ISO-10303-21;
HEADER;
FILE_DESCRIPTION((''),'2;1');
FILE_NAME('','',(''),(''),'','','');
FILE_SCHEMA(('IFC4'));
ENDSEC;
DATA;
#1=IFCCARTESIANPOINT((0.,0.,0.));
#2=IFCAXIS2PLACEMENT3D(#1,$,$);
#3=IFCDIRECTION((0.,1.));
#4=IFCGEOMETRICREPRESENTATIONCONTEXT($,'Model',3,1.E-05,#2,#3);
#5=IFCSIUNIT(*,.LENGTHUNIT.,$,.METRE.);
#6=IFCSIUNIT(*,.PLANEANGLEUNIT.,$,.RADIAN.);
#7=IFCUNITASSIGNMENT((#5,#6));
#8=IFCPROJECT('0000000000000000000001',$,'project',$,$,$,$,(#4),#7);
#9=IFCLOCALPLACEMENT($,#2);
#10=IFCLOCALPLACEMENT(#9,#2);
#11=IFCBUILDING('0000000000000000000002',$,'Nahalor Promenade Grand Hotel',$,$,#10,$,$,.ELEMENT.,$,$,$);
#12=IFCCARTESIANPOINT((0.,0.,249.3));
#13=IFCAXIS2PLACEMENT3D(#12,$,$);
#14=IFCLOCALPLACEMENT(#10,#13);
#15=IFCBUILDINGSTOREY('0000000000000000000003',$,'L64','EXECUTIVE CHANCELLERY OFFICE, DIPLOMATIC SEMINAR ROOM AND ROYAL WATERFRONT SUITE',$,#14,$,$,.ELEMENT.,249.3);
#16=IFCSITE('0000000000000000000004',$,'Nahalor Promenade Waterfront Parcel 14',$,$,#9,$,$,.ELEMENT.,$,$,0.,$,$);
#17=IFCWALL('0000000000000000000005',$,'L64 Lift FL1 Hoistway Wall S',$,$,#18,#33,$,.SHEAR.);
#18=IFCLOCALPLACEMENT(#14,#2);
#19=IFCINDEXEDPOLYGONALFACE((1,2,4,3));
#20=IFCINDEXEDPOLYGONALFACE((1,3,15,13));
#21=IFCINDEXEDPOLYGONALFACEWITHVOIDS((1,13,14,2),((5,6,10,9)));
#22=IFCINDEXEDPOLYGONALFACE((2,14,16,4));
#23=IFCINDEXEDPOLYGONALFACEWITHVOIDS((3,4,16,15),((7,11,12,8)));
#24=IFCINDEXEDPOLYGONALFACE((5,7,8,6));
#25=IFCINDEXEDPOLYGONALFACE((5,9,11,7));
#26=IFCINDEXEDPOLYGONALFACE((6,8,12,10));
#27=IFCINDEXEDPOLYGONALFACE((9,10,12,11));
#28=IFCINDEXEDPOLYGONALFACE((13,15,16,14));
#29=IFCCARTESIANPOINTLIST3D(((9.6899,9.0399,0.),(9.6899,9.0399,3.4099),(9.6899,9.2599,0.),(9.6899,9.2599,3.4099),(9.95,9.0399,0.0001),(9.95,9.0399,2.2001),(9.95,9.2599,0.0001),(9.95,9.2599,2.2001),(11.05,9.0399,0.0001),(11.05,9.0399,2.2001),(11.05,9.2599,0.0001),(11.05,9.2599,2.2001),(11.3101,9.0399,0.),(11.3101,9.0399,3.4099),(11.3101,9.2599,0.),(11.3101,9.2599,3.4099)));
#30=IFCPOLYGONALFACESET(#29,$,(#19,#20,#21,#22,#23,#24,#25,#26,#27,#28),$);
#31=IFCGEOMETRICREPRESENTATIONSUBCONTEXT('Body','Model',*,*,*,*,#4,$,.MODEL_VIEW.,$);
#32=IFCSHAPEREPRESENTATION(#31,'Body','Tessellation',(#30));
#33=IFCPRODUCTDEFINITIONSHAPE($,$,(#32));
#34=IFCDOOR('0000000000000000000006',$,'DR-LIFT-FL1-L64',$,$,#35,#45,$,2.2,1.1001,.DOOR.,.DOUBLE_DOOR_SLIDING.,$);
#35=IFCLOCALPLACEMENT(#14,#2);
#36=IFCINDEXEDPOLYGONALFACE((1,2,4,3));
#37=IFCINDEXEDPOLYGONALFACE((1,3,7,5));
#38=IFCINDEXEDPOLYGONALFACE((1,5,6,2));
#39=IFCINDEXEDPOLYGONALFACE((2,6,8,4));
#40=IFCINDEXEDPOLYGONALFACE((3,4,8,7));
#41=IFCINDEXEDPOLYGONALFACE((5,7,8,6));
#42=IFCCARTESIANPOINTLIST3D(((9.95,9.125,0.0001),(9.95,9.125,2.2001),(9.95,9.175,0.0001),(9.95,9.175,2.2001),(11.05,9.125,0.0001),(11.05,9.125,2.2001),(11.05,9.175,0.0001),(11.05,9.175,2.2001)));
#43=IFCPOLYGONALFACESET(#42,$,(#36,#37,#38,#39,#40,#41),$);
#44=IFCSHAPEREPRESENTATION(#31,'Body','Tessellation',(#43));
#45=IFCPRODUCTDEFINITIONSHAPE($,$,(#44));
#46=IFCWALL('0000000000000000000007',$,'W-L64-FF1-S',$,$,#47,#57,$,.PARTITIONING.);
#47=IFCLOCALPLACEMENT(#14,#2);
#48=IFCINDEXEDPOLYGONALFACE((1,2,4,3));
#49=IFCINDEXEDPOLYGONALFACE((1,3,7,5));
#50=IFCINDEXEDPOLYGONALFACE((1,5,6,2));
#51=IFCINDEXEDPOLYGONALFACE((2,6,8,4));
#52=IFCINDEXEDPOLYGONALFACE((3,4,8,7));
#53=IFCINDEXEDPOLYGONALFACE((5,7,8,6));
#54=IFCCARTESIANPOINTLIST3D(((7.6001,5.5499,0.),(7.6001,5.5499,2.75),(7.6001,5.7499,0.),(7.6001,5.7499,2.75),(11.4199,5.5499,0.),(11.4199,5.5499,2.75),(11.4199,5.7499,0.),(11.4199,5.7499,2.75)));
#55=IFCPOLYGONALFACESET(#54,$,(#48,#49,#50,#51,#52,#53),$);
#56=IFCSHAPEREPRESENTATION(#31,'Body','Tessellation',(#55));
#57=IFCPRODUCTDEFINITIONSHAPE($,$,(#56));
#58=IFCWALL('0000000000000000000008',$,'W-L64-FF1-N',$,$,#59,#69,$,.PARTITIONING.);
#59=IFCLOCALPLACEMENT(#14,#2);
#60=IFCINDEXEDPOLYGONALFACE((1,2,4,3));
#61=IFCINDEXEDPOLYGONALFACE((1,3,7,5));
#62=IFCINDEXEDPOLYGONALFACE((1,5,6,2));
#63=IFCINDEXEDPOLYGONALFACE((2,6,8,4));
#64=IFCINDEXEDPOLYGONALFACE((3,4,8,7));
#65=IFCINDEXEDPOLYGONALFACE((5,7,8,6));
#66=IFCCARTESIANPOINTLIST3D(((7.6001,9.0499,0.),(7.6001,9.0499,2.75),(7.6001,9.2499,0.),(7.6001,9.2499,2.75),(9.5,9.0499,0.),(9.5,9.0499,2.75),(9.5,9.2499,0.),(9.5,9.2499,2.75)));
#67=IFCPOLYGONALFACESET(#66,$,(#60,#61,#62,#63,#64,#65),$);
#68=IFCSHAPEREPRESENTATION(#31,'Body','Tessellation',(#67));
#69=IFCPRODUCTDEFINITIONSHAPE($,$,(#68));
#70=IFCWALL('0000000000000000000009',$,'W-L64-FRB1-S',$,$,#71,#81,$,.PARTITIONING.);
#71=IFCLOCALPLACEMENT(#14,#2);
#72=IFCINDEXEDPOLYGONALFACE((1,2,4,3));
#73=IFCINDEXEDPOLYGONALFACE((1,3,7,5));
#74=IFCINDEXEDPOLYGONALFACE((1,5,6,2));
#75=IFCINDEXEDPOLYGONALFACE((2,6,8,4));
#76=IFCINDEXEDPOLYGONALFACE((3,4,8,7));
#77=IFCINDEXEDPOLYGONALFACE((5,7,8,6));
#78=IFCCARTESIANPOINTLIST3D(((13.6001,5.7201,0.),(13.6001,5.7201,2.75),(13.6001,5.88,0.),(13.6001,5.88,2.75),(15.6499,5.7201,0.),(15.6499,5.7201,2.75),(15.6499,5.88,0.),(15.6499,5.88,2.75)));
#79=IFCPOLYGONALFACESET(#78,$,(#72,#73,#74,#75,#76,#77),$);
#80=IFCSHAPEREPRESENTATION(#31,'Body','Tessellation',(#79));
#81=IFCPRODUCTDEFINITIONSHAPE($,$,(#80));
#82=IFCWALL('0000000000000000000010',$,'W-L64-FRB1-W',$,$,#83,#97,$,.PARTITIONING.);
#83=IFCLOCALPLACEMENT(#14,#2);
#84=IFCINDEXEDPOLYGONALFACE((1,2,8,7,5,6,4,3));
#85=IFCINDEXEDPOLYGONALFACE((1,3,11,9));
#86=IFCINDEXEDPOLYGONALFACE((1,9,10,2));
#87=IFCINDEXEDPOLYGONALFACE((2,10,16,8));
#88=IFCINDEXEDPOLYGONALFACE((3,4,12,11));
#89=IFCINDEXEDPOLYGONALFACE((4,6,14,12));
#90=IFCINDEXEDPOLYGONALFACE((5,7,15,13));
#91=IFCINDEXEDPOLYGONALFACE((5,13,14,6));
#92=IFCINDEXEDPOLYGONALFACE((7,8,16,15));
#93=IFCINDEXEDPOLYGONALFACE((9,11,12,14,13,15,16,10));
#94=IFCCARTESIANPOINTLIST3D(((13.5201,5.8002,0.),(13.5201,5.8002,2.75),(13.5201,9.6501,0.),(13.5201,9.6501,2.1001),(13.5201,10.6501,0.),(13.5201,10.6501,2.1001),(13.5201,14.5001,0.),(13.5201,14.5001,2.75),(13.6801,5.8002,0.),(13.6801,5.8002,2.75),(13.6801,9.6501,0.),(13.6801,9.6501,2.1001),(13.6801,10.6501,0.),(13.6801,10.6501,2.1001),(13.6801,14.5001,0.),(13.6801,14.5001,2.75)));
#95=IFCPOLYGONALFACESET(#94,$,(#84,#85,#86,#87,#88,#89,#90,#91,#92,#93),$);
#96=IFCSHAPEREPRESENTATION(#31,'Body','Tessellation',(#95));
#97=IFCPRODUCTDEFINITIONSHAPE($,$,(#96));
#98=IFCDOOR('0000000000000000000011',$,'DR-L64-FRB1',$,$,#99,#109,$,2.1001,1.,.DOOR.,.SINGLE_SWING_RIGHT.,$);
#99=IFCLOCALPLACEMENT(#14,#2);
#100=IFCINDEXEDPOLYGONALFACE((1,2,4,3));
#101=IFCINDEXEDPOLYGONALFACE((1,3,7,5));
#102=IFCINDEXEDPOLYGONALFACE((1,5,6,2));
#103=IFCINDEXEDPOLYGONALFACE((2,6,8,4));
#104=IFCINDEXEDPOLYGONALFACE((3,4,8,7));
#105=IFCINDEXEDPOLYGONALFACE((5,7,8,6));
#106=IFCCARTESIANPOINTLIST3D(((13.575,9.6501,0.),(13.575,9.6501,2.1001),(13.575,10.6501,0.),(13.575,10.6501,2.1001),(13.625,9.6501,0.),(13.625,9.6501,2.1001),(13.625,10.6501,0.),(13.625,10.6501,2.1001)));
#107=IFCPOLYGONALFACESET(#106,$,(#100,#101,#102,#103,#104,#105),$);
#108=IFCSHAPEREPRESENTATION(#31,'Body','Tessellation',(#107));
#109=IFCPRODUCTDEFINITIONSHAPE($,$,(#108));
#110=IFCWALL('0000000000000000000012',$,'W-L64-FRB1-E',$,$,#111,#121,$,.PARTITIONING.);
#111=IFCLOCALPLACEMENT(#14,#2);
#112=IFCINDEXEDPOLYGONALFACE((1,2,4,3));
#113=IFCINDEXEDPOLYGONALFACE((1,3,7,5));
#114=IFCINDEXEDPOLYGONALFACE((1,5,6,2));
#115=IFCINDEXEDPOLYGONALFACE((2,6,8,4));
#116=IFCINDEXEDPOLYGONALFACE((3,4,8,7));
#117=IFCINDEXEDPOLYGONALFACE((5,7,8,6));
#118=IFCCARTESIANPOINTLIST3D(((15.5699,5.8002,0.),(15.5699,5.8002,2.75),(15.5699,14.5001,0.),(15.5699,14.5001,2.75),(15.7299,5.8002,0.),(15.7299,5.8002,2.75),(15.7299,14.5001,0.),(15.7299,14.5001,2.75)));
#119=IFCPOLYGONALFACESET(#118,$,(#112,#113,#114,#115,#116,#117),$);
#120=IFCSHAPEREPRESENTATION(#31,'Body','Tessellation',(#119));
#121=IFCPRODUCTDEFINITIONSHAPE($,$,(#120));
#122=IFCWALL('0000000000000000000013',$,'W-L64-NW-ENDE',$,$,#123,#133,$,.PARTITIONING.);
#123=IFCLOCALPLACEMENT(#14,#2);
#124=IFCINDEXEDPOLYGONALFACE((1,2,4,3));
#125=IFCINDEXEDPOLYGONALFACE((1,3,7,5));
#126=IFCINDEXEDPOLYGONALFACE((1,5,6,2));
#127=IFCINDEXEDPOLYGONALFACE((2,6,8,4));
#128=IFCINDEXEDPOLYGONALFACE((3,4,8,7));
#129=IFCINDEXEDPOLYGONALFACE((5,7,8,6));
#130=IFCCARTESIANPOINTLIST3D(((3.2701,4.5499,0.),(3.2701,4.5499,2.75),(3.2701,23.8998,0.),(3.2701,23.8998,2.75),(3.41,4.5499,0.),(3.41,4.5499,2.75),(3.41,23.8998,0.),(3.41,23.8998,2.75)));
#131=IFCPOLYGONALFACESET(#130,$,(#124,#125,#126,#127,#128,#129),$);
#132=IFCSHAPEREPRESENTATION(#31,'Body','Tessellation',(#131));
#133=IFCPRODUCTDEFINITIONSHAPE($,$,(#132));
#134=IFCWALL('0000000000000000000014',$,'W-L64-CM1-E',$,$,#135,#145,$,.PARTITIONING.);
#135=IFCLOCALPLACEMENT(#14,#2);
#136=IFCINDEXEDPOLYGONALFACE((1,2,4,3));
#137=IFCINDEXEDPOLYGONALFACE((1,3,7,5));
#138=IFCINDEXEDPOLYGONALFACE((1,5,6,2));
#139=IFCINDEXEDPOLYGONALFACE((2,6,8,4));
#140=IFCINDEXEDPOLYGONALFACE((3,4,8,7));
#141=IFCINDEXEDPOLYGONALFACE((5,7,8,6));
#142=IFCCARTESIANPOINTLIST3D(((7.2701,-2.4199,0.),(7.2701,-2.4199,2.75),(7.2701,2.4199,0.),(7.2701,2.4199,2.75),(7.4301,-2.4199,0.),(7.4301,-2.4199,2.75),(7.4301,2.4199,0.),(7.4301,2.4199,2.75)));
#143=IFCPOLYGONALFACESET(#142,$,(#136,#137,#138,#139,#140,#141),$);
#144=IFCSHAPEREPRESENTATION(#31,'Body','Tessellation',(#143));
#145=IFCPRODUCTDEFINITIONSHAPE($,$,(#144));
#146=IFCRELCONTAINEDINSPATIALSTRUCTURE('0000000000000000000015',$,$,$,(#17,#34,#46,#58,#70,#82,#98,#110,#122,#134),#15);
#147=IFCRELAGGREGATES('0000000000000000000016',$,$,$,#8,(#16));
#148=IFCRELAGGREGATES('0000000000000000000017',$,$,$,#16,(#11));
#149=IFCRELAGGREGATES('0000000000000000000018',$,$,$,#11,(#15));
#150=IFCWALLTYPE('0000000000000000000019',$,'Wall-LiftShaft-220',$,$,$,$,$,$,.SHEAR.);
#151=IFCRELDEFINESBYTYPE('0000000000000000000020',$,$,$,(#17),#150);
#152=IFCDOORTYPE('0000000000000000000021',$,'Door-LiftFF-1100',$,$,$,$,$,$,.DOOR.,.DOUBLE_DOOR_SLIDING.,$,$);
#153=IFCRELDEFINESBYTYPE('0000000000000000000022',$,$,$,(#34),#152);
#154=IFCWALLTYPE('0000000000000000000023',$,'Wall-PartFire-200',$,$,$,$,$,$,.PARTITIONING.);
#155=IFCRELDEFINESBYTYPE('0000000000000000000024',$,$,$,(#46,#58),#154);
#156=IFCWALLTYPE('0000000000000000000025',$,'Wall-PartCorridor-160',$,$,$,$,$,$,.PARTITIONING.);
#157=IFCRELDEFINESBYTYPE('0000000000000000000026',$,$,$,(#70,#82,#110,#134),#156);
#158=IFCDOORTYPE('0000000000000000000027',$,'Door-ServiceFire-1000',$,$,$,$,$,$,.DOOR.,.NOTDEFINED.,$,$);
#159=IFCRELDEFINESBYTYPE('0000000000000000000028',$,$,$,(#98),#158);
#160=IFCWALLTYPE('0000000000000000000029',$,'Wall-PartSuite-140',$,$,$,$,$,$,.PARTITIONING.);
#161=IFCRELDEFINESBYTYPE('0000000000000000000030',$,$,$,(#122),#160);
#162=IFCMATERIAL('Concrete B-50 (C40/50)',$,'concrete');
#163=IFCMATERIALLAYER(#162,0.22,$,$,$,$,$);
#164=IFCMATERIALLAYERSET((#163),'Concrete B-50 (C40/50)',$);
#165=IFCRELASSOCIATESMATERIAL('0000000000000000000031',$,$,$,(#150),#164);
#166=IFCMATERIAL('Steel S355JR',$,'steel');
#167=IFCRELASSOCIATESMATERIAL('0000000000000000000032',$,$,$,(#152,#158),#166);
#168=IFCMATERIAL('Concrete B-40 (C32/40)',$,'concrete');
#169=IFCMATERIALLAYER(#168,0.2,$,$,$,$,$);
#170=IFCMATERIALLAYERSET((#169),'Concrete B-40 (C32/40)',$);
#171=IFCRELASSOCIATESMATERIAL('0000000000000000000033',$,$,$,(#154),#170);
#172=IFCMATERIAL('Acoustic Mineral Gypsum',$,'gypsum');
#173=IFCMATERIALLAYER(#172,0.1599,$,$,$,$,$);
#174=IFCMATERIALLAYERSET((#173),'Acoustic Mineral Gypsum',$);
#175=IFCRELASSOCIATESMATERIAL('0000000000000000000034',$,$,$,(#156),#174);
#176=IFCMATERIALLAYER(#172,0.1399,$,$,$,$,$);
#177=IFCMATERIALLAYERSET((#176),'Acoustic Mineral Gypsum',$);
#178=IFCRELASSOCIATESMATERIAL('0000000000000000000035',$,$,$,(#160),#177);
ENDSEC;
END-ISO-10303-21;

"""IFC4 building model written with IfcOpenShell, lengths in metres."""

from ifc_helpers import new_model, si_unit, direction, frame, frame_2d, origin, place, context, subcontext, project, spatial, rectangle, extrude, source, transform, mapped, material, layer, layer_set, type_object, element, fill, save


model = new_model("IFC4")

# Units and contexts
model_context = context("Model", 3, precision=1e-05, world=origin(), true_north=direction((0.0, 1.0)))
body_context = subcontext(model_context, "Body", "Model", "MODEL_VIEW")
ifc_project = project(units=[si_unit("LENGTHUNIT", "METRE"), si_unit("PLANEANGLEUNIT", "RADIAN")], contexts=[model_context])

# Site, building, storey
site_placement = place(None, origin())
site = spatial("IfcSite", under=ifc_project, at=site_placement, Name="Nahalor Promenade Waterfront Parcel 14", CompositionType="ELEMENT", RefElevation=0.0)
building_placement = place(site_placement, origin())
building = spatial("IfcBuilding", under=site, at=building_placement, Name="Nahalor Promenade Grand Hotel", CompositionType="ELEMENT")
storey_placement = place(building_placement, frame((0.0, 0.0, 249.3)))
storey = spatial("IfcBuildingStorey", under=building, at=storey_placement, Name="L64", Description="EXECUTIVE CHANCELLERY OFFICE, DIPLOMATIC SEMINAR ROOM AND ROYAL WATERFRONT SUITE", CompositionType="ELEMENT", Elevation=249.3)

# Shared definitions
ifc_material_1 = material(Name="Steel S355JR", Category="steel")

# Shared definitions
ifc_material_2 = material(Name="Concrete B-50 (C40/50)", Category="concrete")

# Shared definitions
ifc_layer_1 = layer(ifc_material_2, 0.22)
ifc_layer_set_1 = layer_set([ifc_layer_1], Name="Concrete B-50 (C40/50)")
wall_type_1 = type_object("IfcWallType", Name="Wall-LiftShaft-220", PredefinedType="SHEAR", material=ifc_layer_set_1)

# Wall, opening, door
shared_shape_1 = source(origin(), body_context, "Body", "SweptSolid", [
    extrude(rectangle(XDim=1.6201, YDim=0.22, at=frame_2d((0.8101, 0.0))), origin(), (0.0, 0.0, 1.0), 3.4099),
])
wall_1_placement = place(storey_placement, frame((9.6899, 9.1499, 0.0), z_axis=(0.0, 0.0, 1.0), x_axis=(1.0, 0.0, 0.0)))
wall_1 = element("IfcWall", 1, at=wall_1_placement, inside=storey, type_object=wall_type_1, Name="L64 Lift FL1 Hoistway Wall S", PredefinedType="SHEAR", context=body_context, shape_type="MappedRepresentation", body=[
    mapped(shared_shape_1, transform((0.0, 0.0, 0.0), scale=1.0)),
])
opening_1_placement = place(wall_1_placement, frame((0.26, 0.0, 0.0)))
opening_1 = element("IfcOpeningElement", 2, at=opening_1_placement, cuts=wall_1, PredefinedType="OPENING", context=body_context, shape_type="SweptSolid", body=[
    extrude(rectangle(XDim=1.1001, YDim=2.2, at=frame_2d((0.55, 1.1001))), frame((0.0, 0.1199, 0.0), z_axis=(0.0, -1.0, 0.0), x_axis=(1.0, 0.0, 0.0)), (0.0, 0.0, 1.0), 0.24),
])
door_type_1 = type_object("IfcDoorType", Name="Door-LiftFF-1100", OperationType="DOUBLE_DOOR_SLIDING", PredefinedType="DOOR", material=ifc_material_1)
shared_shape_2 = source(origin(), body_context, "Body", "SweptSolid", [
    extrude(rectangle(XDim=1.1001, YDim=2.2, at=frame_2d((0.55, 1.1001))), frame((0.0, 0.0249, 0.0), z_axis=(0.0, -1.0, 0.0), x_axis=(1.0, 0.0, 0.0)), (0.0, 0.0, 1.0), 0.05),
])
door_1_placement = place(opening_1_placement, frame((1.1001, 0.0, 0.0), z_axis=(0.0, 0.0, 1.0), x_axis=(-1.0, 0.0, 0.0)))
door_1 = element("IfcDoor", 3, at=door_1_placement, inside=storey, type_object=door_type_1, Name="DR-LIFT-FL1-L64", OperationType="DOUBLE_DOOR_SLIDING", OverallHeight=2.2, OverallWidth=1.1001, PredefinedType="DOOR", context=body_context, shape_type="MappedRepresentation", body=[
    mapped(shared_shape_2, transform((0.0, 0.0, 0.0), scale=1.0)),
])
fill(opening_1, door_1)

# Walls
ifc_material_3 = material(Name="Concrete B-40 (C32/40)", Category="concrete")
ifc_layer_2 = layer(ifc_material_3, 0.2)
ifc_layer_set_2 = layer_set([ifc_layer_2], Name="Concrete B-40 (C32/40)")
wall_type_2 = type_object("IfcWallType", Name="Wall-PartFire-200", PredefinedType="PARTITIONING", material=ifc_layer_set_2)
shared_shape_3 = source(origin(), body_context, "Body", "SweptSolid", [
    extrude(rectangle(XDim=3.8198, YDim=0.2, at=frame_2d((1.9099, 0.0))), origin(), (0.0, 0.0, 1.0), 2.75),
])
wall_2_placement = place(storey_placement, frame((7.6001, 5.6499, 0.0), z_axis=(0.0, 0.0, 1.0), x_axis=(1.0, 0.0, 0.0)))
element("IfcWall", 4, at=wall_2_placement, inside=storey, type_object=wall_type_2, Name="W-L64-FF1-S", PredefinedType="PARTITIONING", context=body_context, shape_type="MappedRepresentation", body=[
    mapped(shared_shape_3, transform((0.0, 0.0, 0.0), scale=1.0)),
])
shared_shape_4 = source(origin(), body_context, "Body", "SweptSolid", [
    extrude(rectangle(XDim=1.8999, YDim=0.2, at=frame_2d((0.95, 0.0))), origin(), (0.0, 0.0, 1.0), 2.75),
])
wall_3_placement = place(storey_placement, frame((7.6001, 9.1499, 0.0), z_axis=(0.0, 0.0, 1.0), x_axis=(1.0, 0.0, 0.0)))
element("IfcWall", 5, at=wall_3_placement, inside=storey, type_object=wall_type_2, Name="W-L64-FF1-N", PredefinedType="PARTITIONING", context=body_context, shape_type="MappedRepresentation", body=[
    mapped(shared_shape_4, transform((0.0, 0.0, 0.0), scale=1.0)),
])

# Wall
ifc_material_4 = material(Name="Acoustic Mineral Gypsum", Category="gypsum")
ifc_layer_3 = layer(ifc_material_4, 0.1599)
ifc_layer_set_3 = layer_set([ifc_layer_3], Name="Acoustic Mineral Gypsum")
wall_type_3 = type_object("IfcWallType", Name="Wall-PartCorridor-160", PredefinedType="PARTITIONING", material=ifc_layer_set_3)
shared_shape_5 = source(origin(), body_context, "Body", "SweptSolid", [
    extrude(rectangle(XDim=2.0498, YDim=0.1599, at=frame_2d((1.0249, 0.0))), origin(), (0.0, 0.0, 1.0), 2.75),
])
wall_4_placement = place(storey_placement, frame((13.6001, 5.8, 0.0), z_axis=(0.0, 0.0, 1.0), x_axis=(1.0, 0.0, 0.0)))
element("IfcWall", 6, at=wall_4_placement, inside=storey, type_object=wall_type_3, Name="W-L64-FRB1-S", PredefinedType="PARTITIONING", context=body_context, shape_type="MappedRepresentation", body=[
    mapped(shared_shape_5, transform((0.0, 0.0, 0.0), scale=1.0)),
])

# Wall, opening, door
shared_shape_6 = source(origin(), body_context, "Body", "SweptSolid", [
    extrude(rectangle(XDim=8.7, YDim=0.1599, at=frame_2d((4.3501, 0.0))), origin(), (0.0, 0.0, 1.0), 2.75),
])
wall_5_placement = place(storey_placement, frame((13.6001, 5.8, 0.0), z_axis=(0.0, 0.0, 1.0), x_axis=(0.0, 1.0, 0.0)))
wall_5 = element("IfcWall", 7, at=wall_5_placement, inside=storey, type_object=wall_type_3, Name="W-L64-FRB1-W", PredefinedType="PARTITIONING", context=body_context, shape_type="MappedRepresentation", body=[
    mapped(shared_shape_6, transform((0.0, 0.0, 0.0), scale=1.0)),
])
opening_2_placement = place(wall_5_placement, frame((3.8501, 0.0, 0.0)))
opening_2 = element("IfcOpeningElement", 8, at=opening_2_placement, cuts=wall_5, PredefinedType="OPENING", context=body_context, shape_type="SweptSolid", body=[
    extrude(rectangle(XDim=1.0, YDim=2.1001, at=frame_2d((0.5, 1.05))), frame((0.0, 0.0898, 0.0), z_axis=(0.0, -1.0, 0.0), x_axis=(1.0, 0.0, 0.0)), (0.0, 0.0, 1.0), 0.1799),
])
door_type_2 = type_object("IfcDoorType", Name="Door-ServiceFire-1000", OperationType="NOTDEFINED", PredefinedType="DOOR", material=ifc_material_1)
shared_shape_7 = source(origin(), body_context, "Body", "SweptSolid", [
    extrude(rectangle(XDim=1.0, YDim=2.1001, at=frame_2d((0.5, 1.05))), frame((0.0, 0.0249, 0.0), z_axis=(0.0, -1.0, 0.0), x_axis=(1.0, 0.0, 0.0)), (0.0, 0.0, 1.0), 0.05),
])
door_2_placement = place(opening_2_placement, frame((1.0, 0.0, 0.0), z_axis=(0.0, 0.0, 1.0), x_axis=(-1.0, 0.0, 0.0)))
door_2 = element("IfcDoor", 9, at=door_2_placement, inside=storey, type_object=door_type_2, Name="DR-L64-FRB1", OperationType="SINGLE_SWING_RIGHT", OverallHeight=2.1001, OverallWidth=1.0, PredefinedType="DOOR", context=body_context, shape_type="MappedRepresentation", body=[
    mapped(shared_shape_7, transform((0.0, 0.0, 0.0), scale=1.0)),
])
fill(opening_2, door_2)

# Walls
wall_6_placement = place(storey_placement, frame((15.6499, 5.8, 0.0), z_axis=(0.0, 0.0, 1.0), x_axis=(0.0, 1.0, 0.0)))
element("IfcWall", 10, at=wall_6_placement, inside=storey, type_object=wall_type_3, Name="W-L64-FRB1-E", PredefinedType="PARTITIONING", context=body_context, shape_type="MappedRepresentation", body=[
    mapped(shared_shape_6, transform((0.0, 0.0, 0.0), scale=1.0)),
])
ifc_layer_4 = layer(ifc_material_4, 0.1399)
ifc_layer_set_4 = layer_set([ifc_layer_4], Name="Acoustic Mineral Gypsum")
wall_type_4 = type_object("IfcWallType", Name="Wall-PartSuite-140", PredefinedType="PARTITIONING", material=ifc_layer_set_4)
shared_shape_8 = source(origin(), body_context, "Body", "SweptSolid", [
    extrude(rectangle(XDim=19.3499, YDim=0.1399, at=frame_2d((9.6748, 0.0))), origin(), (0.0, 0.0, 1.0), 2.75),
])
wall_7_placement = place(storey_placement, frame((3.3401, 4.55, 0.0), z_axis=(0.0, 0.0, 1.0), x_axis=(0.0, 1.0, 0.0)))
element("IfcWall", 11, at=wall_7_placement, inside=storey, type_object=wall_type_4, Name="W-L64-NW-ENDE", PredefinedType="PARTITIONING", context=body_context, shape_type="MappedRepresentation", body=[
    mapped(shared_shape_8, transform((0.0, 0.0, 0.0), scale=1.0)),
])
shared_shape_9 = source(origin(), body_context, "Body", "SweptSolid", [
    extrude(rectangle(XDim=4.8398, YDim=0.1599, at=frame_2d((2.4199, 0.0))), origin(), (0.0, 0.0, 1.0), 2.75),
])
wall_8_placement = place(storey_placement, frame((7.3501, -2.4199, 0.0), z_axis=(0.0, 0.0, 1.0), x_axis=(0.0, 1.0, 0.0)))
element("IfcWall", 12, at=wall_8_placement, inside=storey, type_object=wall_type_3, Name="W-L64-CM1-E", PredefinedType="PARTITIONING", context=body_context, shape_type="MappedRepresentation", body=[
    mapped(shared_shape_9, transform((0.0, 0.0, 0.0), scale=1.0)),
])

save(model, "model.ifc")
